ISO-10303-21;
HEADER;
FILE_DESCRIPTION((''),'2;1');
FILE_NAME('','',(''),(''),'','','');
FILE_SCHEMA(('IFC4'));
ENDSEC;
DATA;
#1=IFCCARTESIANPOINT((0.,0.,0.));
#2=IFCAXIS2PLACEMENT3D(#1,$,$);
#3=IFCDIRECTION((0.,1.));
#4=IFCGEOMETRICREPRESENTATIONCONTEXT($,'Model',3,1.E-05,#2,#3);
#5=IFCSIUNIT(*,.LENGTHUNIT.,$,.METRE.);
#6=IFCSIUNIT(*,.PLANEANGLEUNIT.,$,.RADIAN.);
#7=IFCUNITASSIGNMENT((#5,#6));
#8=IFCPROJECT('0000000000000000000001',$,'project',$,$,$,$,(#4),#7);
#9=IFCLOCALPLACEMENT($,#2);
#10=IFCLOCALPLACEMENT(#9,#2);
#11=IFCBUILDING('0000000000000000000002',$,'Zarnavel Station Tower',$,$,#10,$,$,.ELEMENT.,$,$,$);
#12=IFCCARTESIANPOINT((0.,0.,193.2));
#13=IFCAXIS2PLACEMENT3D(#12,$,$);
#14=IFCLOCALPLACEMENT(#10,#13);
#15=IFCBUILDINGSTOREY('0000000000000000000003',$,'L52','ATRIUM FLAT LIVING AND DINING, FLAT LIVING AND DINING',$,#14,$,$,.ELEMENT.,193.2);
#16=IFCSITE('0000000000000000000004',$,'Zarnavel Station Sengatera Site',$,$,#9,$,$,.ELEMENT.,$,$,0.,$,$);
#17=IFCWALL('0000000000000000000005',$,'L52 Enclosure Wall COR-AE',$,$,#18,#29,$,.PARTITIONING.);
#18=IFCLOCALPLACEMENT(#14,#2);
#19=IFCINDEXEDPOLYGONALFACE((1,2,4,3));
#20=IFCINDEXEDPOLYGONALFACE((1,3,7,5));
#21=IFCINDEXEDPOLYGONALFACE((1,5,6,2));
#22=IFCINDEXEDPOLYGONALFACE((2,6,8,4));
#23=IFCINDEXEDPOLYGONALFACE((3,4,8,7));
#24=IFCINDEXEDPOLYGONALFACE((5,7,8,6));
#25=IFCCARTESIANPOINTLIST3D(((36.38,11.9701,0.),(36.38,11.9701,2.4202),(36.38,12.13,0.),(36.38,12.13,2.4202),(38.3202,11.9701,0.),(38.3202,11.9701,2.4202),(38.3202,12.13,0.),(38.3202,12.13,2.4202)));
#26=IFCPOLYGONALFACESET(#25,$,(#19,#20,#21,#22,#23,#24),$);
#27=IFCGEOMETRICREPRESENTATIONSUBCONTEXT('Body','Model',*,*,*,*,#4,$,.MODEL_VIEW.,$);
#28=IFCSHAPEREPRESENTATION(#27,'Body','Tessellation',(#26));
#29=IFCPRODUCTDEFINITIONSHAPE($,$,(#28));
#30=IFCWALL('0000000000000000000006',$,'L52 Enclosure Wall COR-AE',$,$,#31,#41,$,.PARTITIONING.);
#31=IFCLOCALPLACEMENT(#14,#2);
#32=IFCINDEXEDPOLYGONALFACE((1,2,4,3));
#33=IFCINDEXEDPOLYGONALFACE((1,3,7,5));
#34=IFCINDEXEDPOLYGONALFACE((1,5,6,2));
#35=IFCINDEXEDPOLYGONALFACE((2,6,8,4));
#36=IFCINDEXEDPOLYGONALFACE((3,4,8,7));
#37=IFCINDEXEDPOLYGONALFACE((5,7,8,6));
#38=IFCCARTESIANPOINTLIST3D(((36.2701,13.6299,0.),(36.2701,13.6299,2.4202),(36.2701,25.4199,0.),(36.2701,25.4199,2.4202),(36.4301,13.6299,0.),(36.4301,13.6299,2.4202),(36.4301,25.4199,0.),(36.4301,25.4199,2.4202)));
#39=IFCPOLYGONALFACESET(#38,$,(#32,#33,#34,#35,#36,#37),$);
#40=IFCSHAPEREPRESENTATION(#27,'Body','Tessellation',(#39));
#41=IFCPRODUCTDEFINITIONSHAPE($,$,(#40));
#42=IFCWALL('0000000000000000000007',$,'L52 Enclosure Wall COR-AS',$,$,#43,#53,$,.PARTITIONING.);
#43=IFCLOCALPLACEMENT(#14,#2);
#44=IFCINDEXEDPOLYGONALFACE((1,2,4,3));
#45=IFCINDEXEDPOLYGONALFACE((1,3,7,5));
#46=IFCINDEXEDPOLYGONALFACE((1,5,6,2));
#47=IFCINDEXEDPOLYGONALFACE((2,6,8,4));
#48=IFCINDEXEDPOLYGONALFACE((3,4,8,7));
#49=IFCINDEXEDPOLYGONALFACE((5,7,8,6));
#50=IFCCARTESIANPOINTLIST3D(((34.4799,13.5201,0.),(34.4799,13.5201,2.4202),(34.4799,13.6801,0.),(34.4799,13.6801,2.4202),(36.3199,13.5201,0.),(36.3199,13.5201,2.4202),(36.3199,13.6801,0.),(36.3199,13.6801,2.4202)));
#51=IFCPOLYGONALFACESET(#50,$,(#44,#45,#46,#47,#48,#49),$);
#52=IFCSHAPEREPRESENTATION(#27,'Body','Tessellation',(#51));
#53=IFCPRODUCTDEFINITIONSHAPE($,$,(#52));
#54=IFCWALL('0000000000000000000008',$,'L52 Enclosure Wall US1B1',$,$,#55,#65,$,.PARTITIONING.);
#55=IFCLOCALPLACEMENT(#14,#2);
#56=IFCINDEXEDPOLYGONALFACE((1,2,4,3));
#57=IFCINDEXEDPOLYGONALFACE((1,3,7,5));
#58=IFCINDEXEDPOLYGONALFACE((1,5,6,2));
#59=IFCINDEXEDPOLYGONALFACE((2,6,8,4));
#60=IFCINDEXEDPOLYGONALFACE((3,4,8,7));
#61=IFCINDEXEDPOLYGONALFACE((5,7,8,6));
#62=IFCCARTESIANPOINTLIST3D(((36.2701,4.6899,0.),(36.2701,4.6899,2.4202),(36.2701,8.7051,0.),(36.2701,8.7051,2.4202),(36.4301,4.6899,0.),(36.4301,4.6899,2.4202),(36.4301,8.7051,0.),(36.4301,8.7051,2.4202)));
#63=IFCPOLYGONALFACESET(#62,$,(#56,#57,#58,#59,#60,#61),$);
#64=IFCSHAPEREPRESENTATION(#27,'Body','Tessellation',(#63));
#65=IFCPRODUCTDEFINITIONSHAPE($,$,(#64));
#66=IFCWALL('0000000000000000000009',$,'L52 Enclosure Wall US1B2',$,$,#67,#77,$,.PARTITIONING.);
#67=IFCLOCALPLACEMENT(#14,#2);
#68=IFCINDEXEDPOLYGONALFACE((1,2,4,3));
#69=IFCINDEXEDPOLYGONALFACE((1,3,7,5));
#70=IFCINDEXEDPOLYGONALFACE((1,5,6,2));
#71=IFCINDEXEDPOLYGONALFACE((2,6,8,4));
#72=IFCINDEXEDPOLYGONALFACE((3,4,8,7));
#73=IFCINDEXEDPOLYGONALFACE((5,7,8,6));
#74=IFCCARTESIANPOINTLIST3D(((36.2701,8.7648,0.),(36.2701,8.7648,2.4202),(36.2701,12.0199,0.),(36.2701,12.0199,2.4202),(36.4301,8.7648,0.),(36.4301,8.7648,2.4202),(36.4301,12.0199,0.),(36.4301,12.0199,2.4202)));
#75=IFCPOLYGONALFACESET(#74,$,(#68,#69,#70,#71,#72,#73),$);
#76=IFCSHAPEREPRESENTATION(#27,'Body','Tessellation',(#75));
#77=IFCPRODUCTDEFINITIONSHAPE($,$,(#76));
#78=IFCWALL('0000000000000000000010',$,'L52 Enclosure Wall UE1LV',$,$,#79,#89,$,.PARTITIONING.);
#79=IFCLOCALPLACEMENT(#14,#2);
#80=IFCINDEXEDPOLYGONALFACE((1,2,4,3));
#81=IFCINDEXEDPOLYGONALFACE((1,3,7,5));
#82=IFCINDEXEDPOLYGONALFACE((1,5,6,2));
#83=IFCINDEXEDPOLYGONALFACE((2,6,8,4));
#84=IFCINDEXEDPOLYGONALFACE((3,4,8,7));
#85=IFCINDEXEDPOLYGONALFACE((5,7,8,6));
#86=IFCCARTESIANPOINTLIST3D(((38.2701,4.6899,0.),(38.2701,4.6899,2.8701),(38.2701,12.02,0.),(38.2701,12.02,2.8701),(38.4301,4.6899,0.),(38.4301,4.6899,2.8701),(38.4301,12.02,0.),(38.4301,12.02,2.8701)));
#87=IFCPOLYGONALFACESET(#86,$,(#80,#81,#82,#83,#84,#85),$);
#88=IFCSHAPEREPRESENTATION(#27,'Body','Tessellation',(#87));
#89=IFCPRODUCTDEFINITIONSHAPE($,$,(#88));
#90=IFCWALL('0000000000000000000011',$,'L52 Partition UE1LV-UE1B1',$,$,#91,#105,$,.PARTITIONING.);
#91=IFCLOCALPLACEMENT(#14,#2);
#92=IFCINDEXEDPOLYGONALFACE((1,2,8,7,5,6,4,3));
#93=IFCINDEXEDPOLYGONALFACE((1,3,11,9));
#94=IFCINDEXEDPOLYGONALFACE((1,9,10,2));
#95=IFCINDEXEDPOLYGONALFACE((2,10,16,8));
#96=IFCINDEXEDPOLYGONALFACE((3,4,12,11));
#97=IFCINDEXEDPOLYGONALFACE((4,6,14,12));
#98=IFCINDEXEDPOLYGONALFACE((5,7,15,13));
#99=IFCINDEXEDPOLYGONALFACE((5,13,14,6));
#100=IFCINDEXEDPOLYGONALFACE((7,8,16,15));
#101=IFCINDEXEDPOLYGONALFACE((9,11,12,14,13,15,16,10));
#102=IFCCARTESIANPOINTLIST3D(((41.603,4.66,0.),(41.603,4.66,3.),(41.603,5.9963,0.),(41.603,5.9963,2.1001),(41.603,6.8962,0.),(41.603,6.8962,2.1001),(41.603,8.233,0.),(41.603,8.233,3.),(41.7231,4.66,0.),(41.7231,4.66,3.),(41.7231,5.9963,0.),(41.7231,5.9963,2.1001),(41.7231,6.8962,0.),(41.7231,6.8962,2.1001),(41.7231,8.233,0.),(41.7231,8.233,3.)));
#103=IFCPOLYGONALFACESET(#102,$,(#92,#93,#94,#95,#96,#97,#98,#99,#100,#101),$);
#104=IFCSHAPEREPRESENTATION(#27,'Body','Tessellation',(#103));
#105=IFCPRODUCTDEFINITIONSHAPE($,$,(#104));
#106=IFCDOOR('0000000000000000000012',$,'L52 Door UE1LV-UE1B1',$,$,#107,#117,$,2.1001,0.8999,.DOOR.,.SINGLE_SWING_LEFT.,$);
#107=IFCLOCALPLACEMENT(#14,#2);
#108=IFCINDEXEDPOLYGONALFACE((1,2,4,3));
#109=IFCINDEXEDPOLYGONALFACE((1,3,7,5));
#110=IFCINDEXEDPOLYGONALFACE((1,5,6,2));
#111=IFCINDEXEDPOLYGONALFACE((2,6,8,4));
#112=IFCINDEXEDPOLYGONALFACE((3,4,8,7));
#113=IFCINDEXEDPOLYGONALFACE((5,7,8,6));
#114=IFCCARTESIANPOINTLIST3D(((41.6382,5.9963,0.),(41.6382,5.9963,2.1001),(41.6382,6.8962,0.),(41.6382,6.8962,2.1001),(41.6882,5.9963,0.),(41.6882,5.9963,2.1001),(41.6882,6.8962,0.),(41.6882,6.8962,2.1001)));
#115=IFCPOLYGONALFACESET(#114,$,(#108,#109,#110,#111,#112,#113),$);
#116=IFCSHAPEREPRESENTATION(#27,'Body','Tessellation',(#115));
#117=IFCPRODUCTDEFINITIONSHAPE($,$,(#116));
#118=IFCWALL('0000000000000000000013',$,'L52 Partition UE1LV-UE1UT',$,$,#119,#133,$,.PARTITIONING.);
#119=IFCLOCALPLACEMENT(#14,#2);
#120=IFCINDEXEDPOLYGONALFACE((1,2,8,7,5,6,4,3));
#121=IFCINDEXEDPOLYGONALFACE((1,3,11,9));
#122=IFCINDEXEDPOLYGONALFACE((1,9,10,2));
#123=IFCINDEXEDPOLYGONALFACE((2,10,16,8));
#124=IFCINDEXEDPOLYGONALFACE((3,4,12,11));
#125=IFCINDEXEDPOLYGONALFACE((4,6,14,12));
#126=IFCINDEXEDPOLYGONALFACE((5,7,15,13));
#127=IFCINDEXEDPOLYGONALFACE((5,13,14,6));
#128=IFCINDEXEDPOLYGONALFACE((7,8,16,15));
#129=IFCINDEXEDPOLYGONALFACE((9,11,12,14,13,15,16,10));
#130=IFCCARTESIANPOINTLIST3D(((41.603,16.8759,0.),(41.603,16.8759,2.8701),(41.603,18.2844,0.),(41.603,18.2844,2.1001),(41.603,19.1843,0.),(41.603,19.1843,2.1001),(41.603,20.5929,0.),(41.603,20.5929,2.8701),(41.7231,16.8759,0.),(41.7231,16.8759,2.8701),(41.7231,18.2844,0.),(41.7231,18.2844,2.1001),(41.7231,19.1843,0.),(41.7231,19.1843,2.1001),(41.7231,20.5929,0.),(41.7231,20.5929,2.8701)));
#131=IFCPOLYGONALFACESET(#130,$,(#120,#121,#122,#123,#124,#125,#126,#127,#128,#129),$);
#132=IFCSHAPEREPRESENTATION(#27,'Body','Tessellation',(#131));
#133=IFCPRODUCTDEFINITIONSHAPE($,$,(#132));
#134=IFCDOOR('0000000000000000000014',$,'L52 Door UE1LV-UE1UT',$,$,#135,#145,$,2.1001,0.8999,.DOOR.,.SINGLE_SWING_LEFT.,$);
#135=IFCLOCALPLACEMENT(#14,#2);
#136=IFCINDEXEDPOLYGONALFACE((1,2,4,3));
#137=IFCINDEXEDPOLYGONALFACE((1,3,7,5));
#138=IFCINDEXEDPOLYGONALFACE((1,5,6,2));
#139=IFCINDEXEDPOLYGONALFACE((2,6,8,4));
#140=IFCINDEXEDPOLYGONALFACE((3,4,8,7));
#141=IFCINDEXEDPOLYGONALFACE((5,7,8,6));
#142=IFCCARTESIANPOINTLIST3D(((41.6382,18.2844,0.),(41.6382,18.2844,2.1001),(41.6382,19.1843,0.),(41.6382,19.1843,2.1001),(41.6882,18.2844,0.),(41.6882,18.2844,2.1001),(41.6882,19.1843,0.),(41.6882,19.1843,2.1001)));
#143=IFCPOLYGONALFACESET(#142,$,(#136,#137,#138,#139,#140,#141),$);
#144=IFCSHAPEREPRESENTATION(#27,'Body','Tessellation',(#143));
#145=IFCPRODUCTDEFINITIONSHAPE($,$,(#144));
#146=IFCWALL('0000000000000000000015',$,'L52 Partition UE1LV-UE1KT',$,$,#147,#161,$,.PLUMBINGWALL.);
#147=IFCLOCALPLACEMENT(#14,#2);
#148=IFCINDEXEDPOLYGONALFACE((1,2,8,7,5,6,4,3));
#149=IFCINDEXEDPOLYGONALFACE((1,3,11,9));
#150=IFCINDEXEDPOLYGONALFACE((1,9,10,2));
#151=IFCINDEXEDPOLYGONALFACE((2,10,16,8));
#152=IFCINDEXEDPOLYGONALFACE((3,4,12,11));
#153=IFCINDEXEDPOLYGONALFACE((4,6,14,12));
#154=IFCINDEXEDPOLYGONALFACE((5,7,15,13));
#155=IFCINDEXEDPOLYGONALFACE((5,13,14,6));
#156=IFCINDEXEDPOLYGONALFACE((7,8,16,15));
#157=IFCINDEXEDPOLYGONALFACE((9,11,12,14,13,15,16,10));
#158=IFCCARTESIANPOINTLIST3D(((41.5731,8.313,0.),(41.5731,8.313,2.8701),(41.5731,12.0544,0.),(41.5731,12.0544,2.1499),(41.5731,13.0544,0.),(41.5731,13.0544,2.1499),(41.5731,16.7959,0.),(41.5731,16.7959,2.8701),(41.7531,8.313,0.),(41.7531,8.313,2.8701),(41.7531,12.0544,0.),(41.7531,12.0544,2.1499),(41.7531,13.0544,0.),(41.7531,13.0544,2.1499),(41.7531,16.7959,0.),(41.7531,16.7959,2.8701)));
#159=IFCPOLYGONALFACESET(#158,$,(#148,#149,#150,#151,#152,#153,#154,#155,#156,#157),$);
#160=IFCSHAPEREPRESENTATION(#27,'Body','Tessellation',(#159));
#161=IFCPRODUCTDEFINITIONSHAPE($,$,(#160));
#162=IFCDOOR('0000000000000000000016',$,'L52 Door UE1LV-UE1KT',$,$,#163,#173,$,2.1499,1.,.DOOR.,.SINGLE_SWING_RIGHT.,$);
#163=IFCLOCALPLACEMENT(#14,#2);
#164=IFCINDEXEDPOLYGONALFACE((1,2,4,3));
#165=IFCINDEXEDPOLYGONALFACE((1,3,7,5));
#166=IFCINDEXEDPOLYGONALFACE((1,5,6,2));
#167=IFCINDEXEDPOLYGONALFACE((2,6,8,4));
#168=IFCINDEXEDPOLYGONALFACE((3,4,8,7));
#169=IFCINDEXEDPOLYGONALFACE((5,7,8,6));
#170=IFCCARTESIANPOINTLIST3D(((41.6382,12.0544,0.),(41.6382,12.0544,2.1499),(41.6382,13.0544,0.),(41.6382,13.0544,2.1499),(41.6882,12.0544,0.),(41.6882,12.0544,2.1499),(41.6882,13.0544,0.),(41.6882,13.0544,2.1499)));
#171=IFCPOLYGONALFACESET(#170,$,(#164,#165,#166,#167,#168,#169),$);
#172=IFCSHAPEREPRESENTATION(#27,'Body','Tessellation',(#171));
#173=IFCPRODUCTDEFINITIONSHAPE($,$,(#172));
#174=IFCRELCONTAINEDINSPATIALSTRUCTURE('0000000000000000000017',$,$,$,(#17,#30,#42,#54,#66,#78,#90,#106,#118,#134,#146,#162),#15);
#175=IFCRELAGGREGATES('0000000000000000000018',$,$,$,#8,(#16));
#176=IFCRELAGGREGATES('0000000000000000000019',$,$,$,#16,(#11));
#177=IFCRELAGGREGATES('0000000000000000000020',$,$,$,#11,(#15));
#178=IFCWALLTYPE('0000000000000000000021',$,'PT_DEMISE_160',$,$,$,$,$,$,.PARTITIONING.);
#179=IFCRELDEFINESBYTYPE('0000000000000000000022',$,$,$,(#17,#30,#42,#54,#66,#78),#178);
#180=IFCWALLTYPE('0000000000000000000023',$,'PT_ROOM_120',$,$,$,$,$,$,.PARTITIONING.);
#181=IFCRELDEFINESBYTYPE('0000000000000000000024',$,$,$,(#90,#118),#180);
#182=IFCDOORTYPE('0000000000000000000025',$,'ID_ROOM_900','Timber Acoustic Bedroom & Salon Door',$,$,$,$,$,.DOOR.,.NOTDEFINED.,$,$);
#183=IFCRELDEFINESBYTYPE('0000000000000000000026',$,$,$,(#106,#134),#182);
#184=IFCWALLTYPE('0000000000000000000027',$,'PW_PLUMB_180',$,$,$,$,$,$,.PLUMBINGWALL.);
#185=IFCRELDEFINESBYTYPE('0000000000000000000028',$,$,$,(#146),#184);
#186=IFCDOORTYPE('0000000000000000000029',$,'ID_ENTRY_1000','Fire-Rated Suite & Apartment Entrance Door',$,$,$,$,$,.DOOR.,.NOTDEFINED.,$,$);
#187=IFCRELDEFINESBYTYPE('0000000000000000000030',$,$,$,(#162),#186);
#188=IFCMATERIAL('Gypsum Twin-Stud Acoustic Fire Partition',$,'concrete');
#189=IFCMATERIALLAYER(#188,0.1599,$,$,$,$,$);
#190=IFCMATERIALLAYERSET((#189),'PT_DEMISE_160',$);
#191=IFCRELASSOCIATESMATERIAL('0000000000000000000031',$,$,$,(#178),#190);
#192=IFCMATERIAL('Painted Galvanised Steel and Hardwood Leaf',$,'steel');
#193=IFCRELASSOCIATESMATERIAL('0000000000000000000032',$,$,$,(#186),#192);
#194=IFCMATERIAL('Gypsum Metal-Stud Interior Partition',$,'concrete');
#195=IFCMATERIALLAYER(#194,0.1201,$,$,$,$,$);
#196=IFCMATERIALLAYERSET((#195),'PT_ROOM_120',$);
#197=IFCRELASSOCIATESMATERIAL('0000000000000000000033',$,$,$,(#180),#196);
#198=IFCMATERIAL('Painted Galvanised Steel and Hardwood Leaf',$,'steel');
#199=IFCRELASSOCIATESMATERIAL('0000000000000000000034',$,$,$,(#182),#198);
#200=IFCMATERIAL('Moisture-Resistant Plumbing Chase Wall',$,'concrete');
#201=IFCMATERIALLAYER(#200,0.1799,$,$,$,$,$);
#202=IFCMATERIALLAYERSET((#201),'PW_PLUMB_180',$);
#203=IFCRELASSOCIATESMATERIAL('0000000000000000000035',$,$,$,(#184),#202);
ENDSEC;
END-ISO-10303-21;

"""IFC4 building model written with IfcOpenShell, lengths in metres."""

from ifc_helpers import new_model, si_unit, direction, frame, frame_2d, origin, place, context, subcontext, project, spatial, rectangle, extrude, material, layer, layer_set, type_object, element, fill, save


model = new_model("IFC4")

# Units and contexts
model_context = context("Model", 3, precision=1e-05, world=origin(), true_north=direction((0.0, 1.0)))
body_context = subcontext(model_context, "Body", "Model", "MODEL_VIEW")
ifc_project = project(units=[si_unit("LENGTHUNIT", "METRE"), si_unit("PLANEANGLEUNIT", "RADIAN")], contexts=[model_context])

# Site, building, storey
site_placement = place(None, origin())
site = spatial("IfcSite", under=ifc_project, at=site_placement, Name="Zarnavel Station Sengatera Site", CompositionType="ELEMENT", RefElevation=0.0)
building_placement = place(site_placement, origin())
building = spatial("IfcBuilding", under=site, at=building_placement, Name="Zarnavel Station Tower", CompositionType="ELEMENT")
storey_placement = place(building_placement, frame((0.0, 0.0, 193.2)))
storey = spatial("IfcBuildingStorey", under=building, at=storey_placement, Name="L52", Description="ATRIUM FLAT LIVING AND DINING, FLAT LIVING AND DINING", CompositionType="ELEMENT", Elevation=193.2)

# Shared definitions
ifc_material_1 = material(Name="Gypsum Twin-Stud Acoustic Fire Partition", Category="concrete")
ifc_layer_1 = layer(ifc_material_1, 0.1599)
ifc_layer_set_1 = layer_set([ifc_layer_1], Name="PT_DEMISE_160")
wall_type_1 = type_object("IfcWallType", Name="PT_DEMISE_160", PredefinedType="PARTITIONING", material=ifc_layer_set_1)
ifc_material_2 = material(Name="Painted Galvanised Steel and Hardwood Leaf", Category="steel")
door_type_1 = type_object("IfcDoorType", Name="ID_ENTRY_1000", Description="Fire-Rated Suite & Apartment Entrance Door", OperationType="NOTDEFINED", PredefinedType="DOOR", material=ifc_material_2)

# Walls
wall_1_placement = place(storey_placement, frame((36.3799, 12.05, 0.0), z_axis=(0.0, 0.0, 1.0), x_axis=(1.0, 0.0, 0.0)))
element("IfcWall", 1, at=wall_1_placement, inside=storey, type_object=wall_type_1, Name="L52 Enclosure Wall COR-AE", PredefinedType="PARTITIONING", context=body_context, shape_type="SweptSolid", body=[
    extrude(rectangle(XDim=1.9402, YDim=0.1599, at=frame_2d((0.9702, 0.0))), origin(), (0.0, 0.0, 1.0), 2.4202),
])
wall_2_placement = place(storey_placement, frame((36.3501, 13.6299, 0.0), z_axis=(0.0, 0.0, 1.0), x_axis=(0.0, 1.0, 0.0)))
element("IfcWall", 2, at=wall_2_placement, inside=storey, type_object=wall_type_1, Name="L52 Enclosure Wall COR-AE", PredefinedType="PARTITIONING", context=body_context, shape_type="SweptSolid", body=[
    extrude(rectangle(XDim=11.79, YDim=0.1599, at=frame_2d((5.895, 0.0))), origin(), (0.0, 0.0, 1.0), 2.4202),
])
wall_3_placement = place(storey_placement, frame((34.48, 13.6001, 0.0), z_axis=(0.0, 0.0, 1.0), x_axis=(1.0, 0.0, 0.0)))
element("IfcWall", 3, at=wall_3_placement, inside=storey, type_object=wall_type_1, Name="L52 Enclosure Wall COR-AS", PredefinedType="PARTITIONING", context=body_context, shape_type="SweptSolid", body=[
    extrude(rectangle(XDim=1.8401, YDim=0.1599, at=frame_2d((0.9199, 0.0))), origin(), (0.0, 0.0, 1.0), 2.4202),
])
wall_4_placement = place(storey_placement, frame((36.3501, 4.6899, 0.0), z_axis=(0.0, 0.0, 1.0), x_axis=(0.0, 1.0, 0.0)))
element("IfcWall", 4, at=wall_4_placement, inside=storey, type_object=wall_type_1, Name="L52 Enclosure Wall US1B1", PredefinedType="PARTITIONING", context=body_context, shape_type="SweptSolid", body=[
    extrude(rectangle(XDim=4.0151, YDim=0.1599, at=frame_2d((2.0076, 0.0))), origin(), (0.0, 0.0, 1.0), 2.4202),
])
wall_5_placement = place(storey_placement, frame((36.3501, 8.7649, 0.0), z_axis=(0.0, 0.0, 1.0), x_axis=(0.0, 1.0, 0.0)))
element("IfcWall", 5, at=wall_5_placement, inside=storey, type_object=wall_type_1, Name="L52 Enclosure Wall US1B2", PredefinedType="PARTITIONING", context=body_context, shape_type="SweptSolid", body=[
    extrude(rectangle(XDim=3.2551, YDim=0.1599, at=frame_2d((1.6274, 0.0))), origin(), (0.0, 0.0, 1.0), 2.4202),
])
wall_6_placement = place(storey_placement, frame((38.3501, 4.6899, 0.0), z_axis=(0.0, 0.0, 1.0), x_axis=(0.0, 1.0, 0.0)))
element("IfcWall", 6, at=wall_6_placement, inside=storey, type_object=wall_type_1, Name="L52 Enclosure Wall UE1LV", PredefinedType="PARTITIONING", context=body_context, shape_type="SweptSolid", body=[
    extrude(rectangle(XDim=7.3301, YDim=0.1599, at=frame_2d((3.665, 0.0))), origin(), (0.0, 0.0, 1.0), 2.8701),
])

# Walls, openings, doors
ifc_material_3 = material(Name="Gypsum Metal-Stud Interior Partition", Category="concrete")
ifc_layer_2 = layer(ifc_material_3, 0.1201)
ifc_layer_set_2 = layer_set([ifc_layer_2], Name="PT_ROOM_120")
wall_type_2 = type_object("IfcWallType", Name="PT_ROOM_120", PredefinedType="PARTITIONING", material=ifc_layer_set_2)
wall_7_placement = place(storey_placement, frame((41.6631, 4.6599, 0.0), z_axis=(0.0, 0.0, 1.0), x_axis=(0.0, 1.0, 0.0)))
wall_7 = element("IfcWall", 7, at=wall_7_placement, inside=storey, type_object=wall_type_2, Name="L52 Partition UE1LV-UE1B1", PredefinedType="PARTITIONING", context=body_context, shape_type="SweptSolid", body=[
    extrude(rectangle(XDim=3.573, YDim=0.1201, at=frame_2d((1.7866, 0.0))), origin(), (0.0, 0.0, 1.0), 3.0),
])
opening_1_placement = place(wall_7_placement, frame((1.3364, 0.0, 0.0)))
opening_1 = element("IfcOpeningElement", 8, at=opening_1_placement, cuts=wall_7, PredefinedType="OPENING", context=body_context, shape_type="SweptSolid", body=[
    extrude(rectangle(XDim=0.8999, YDim=2.1001, at=frame_2d((0.45, 1.05))), frame((0.0, 0.0701, 0.0), z_axis=(0.0, -1.0, 0.0), x_axis=(1.0, 0.0, 0.0)), (0.0, 0.0, 1.0), 0.1401),
])
ifc_material_4 = material(Name="Painted Galvanised Steel and Hardwood Leaf", Category="steel")
door_type_2 = type_object("IfcDoorType", Name="ID_ROOM_900", Description="Timber Acoustic Bedroom & Salon Door", OperationType="NOTDEFINED", PredefinedType="DOOR", material=ifc_material_4)
door_1_placement = place(opening_1_placement, origin())
door_1 = element("IfcDoor", 9, at=door_1_placement, inside=storey, type_object=door_type_2, Name="L52 Door UE1LV-UE1B1", OperationType="SINGLE_SWING_LEFT", OverallHeight=2.1001, OverallWidth=0.8999, PredefinedType="DOOR", context=body_context, shape_type="SweptSolid", body=[
    extrude(rectangle(XDim=0.8999, YDim=2.1001, at=frame_2d((0.45, 1.05))), frame((0.0, 0.0249, 0.0), z_axis=(0.0, -1.0, 0.0), x_axis=(1.0, 0.0, 0.0)), (0.0, 0.0, 1.0), 0.05),
])
fill(opening_1, door_1)
wall_8_placement = place(storey_placement, frame((41.6631, 16.876, 0.0), z_axis=(0.0, 0.0, 1.0), x_axis=(0.0, 1.0, 0.0)))
wall_8 = element("IfcWall", 10, at=wall_8_placement, inside=storey, type_object=wall_type_2, Name="L52 Partition UE1LV-UE1UT", PredefinedType="PARTITIONING", context=body_context, shape_type="SweptSolid", body=[
    extrude(rectangle(XDim=3.717, YDim=0.1201, at=frame_2d((1.8584, 0.0))), origin(), (0.0, 0.0, 1.0), 2.8701),
])
opening_2_placement = place(wall_8_placement, frame((1.4084, 0.0, 0.0)))
opening_2 = element("IfcOpeningElement", 11, at=opening_2_placement, cuts=wall_8, PredefinedType="OPENING", context=body_context, shape_type="SweptSolid", body=[
    extrude(rectangle(XDim=0.8999, YDim=2.1001, at=frame_2d((0.45, 1.05))), frame((0.0, 0.0701, 0.0), z_axis=(0.0, -1.0, 0.0), x_axis=(1.0, 0.0, 0.0)), (0.0, 0.0, 1.0), 0.1401),
])
door_2_placement = place(opening_2_placement, origin())
door_2 = element("IfcDoor", 12, at=door_2_placement, inside=storey, type_object=door_type_2, Name="L52 Door UE1LV-UE1UT", OperationType="SINGLE_SWING_LEFT", OverallHeight=2.1001, OverallWidth=0.8999, PredefinedType="DOOR", context=body_context, shape_type="SweptSolid", body=[
    extrude(rectangle(XDim=0.8999, YDim=2.1001, at=frame_2d((0.45, 1.05))), frame((0.0, 0.0249, 0.0), z_axis=(0.0, -1.0, 0.0), x_axis=(1.0, 0.0, 0.0)), (0.0, 0.0, 1.0), 0.05),
])
fill(opening_2, door_2)
ifc_material_5 = material(Name="Moisture-Resistant Plumbing Chase Wall", Category="concrete")
ifc_layer_3 = layer(ifc_material_5, 0.1799)
ifc_layer_set_3 = layer_set([ifc_layer_3], Name="PW_PLUMB_180")
wall_type_3 = type_object("IfcWallType", Name="PW_PLUMB_180", PredefinedType="PLUMBINGWALL", material=ifc_layer_set_3)
wall_9_placement = place(storey_placement, frame((41.6631, 8.313, 0.0), z_axis=(0.0, 0.0, 1.0), x_axis=(0.0, 1.0, 0.0)))
wall_9 = element("IfcWall", 13, at=wall_9_placement, inside=storey, type_object=wall_type_3, Name="L52 Partition UE1LV-UE1KT", PredefinedType="PLUMBINGWALL", context=body_context, shape_type="SweptSolid", body=[
    extrude(rectangle(XDim=8.4829, YDim=0.1799, at=frame_2d((4.2415, 0.0))), origin(), (0.0, 0.0, 1.0), 2.8701),
])
opening_3_placement = place(wall_9_placement, frame((3.7415, 0.0, 0.0)))
opening_3 = element("IfcOpeningElement", 14, at=opening_3_placement, cuts=wall_9, PredefinedType="OPENING", context=body_context, shape_type="SweptSolid", body=[
    extrude(rectangle(XDim=1.0, YDim=2.1499, at=frame_2d((0.5, 1.075))), frame((0.0, 0.0999, 0.0), z_axis=(0.0, -1.0, 0.0), x_axis=(1.0, 0.0, 0.0)), (0.0, 0.0, 1.0), 0.2),
])
door_3_placement = place(opening_3_placement, origin())
door_3 = element("IfcDoor", 15, at=door_3_placement, inside=storey, type_object=door_type_1, Name="L52 Door UE1LV-UE1KT", OperationType="SINGLE_SWING_RIGHT", OverallHeight=2.1499, OverallWidth=1.0, PredefinedType="DOOR", context=body_context, shape_type="SweptSolid", body=[
    extrude(rectangle(XDim=1.0, YDim=2.1499, at=frame_2d((0.5, 1.075))), frame((0.0, 0.0249, 0.0), z_axis=(0.0, -1.0, 0.0), x_axis=(1.0, 0.0, 0.0)), (0.0, 0.0, 1.0), 0.05),
])
fill(opening_3, door_3)

save(model, "model.ifc")
